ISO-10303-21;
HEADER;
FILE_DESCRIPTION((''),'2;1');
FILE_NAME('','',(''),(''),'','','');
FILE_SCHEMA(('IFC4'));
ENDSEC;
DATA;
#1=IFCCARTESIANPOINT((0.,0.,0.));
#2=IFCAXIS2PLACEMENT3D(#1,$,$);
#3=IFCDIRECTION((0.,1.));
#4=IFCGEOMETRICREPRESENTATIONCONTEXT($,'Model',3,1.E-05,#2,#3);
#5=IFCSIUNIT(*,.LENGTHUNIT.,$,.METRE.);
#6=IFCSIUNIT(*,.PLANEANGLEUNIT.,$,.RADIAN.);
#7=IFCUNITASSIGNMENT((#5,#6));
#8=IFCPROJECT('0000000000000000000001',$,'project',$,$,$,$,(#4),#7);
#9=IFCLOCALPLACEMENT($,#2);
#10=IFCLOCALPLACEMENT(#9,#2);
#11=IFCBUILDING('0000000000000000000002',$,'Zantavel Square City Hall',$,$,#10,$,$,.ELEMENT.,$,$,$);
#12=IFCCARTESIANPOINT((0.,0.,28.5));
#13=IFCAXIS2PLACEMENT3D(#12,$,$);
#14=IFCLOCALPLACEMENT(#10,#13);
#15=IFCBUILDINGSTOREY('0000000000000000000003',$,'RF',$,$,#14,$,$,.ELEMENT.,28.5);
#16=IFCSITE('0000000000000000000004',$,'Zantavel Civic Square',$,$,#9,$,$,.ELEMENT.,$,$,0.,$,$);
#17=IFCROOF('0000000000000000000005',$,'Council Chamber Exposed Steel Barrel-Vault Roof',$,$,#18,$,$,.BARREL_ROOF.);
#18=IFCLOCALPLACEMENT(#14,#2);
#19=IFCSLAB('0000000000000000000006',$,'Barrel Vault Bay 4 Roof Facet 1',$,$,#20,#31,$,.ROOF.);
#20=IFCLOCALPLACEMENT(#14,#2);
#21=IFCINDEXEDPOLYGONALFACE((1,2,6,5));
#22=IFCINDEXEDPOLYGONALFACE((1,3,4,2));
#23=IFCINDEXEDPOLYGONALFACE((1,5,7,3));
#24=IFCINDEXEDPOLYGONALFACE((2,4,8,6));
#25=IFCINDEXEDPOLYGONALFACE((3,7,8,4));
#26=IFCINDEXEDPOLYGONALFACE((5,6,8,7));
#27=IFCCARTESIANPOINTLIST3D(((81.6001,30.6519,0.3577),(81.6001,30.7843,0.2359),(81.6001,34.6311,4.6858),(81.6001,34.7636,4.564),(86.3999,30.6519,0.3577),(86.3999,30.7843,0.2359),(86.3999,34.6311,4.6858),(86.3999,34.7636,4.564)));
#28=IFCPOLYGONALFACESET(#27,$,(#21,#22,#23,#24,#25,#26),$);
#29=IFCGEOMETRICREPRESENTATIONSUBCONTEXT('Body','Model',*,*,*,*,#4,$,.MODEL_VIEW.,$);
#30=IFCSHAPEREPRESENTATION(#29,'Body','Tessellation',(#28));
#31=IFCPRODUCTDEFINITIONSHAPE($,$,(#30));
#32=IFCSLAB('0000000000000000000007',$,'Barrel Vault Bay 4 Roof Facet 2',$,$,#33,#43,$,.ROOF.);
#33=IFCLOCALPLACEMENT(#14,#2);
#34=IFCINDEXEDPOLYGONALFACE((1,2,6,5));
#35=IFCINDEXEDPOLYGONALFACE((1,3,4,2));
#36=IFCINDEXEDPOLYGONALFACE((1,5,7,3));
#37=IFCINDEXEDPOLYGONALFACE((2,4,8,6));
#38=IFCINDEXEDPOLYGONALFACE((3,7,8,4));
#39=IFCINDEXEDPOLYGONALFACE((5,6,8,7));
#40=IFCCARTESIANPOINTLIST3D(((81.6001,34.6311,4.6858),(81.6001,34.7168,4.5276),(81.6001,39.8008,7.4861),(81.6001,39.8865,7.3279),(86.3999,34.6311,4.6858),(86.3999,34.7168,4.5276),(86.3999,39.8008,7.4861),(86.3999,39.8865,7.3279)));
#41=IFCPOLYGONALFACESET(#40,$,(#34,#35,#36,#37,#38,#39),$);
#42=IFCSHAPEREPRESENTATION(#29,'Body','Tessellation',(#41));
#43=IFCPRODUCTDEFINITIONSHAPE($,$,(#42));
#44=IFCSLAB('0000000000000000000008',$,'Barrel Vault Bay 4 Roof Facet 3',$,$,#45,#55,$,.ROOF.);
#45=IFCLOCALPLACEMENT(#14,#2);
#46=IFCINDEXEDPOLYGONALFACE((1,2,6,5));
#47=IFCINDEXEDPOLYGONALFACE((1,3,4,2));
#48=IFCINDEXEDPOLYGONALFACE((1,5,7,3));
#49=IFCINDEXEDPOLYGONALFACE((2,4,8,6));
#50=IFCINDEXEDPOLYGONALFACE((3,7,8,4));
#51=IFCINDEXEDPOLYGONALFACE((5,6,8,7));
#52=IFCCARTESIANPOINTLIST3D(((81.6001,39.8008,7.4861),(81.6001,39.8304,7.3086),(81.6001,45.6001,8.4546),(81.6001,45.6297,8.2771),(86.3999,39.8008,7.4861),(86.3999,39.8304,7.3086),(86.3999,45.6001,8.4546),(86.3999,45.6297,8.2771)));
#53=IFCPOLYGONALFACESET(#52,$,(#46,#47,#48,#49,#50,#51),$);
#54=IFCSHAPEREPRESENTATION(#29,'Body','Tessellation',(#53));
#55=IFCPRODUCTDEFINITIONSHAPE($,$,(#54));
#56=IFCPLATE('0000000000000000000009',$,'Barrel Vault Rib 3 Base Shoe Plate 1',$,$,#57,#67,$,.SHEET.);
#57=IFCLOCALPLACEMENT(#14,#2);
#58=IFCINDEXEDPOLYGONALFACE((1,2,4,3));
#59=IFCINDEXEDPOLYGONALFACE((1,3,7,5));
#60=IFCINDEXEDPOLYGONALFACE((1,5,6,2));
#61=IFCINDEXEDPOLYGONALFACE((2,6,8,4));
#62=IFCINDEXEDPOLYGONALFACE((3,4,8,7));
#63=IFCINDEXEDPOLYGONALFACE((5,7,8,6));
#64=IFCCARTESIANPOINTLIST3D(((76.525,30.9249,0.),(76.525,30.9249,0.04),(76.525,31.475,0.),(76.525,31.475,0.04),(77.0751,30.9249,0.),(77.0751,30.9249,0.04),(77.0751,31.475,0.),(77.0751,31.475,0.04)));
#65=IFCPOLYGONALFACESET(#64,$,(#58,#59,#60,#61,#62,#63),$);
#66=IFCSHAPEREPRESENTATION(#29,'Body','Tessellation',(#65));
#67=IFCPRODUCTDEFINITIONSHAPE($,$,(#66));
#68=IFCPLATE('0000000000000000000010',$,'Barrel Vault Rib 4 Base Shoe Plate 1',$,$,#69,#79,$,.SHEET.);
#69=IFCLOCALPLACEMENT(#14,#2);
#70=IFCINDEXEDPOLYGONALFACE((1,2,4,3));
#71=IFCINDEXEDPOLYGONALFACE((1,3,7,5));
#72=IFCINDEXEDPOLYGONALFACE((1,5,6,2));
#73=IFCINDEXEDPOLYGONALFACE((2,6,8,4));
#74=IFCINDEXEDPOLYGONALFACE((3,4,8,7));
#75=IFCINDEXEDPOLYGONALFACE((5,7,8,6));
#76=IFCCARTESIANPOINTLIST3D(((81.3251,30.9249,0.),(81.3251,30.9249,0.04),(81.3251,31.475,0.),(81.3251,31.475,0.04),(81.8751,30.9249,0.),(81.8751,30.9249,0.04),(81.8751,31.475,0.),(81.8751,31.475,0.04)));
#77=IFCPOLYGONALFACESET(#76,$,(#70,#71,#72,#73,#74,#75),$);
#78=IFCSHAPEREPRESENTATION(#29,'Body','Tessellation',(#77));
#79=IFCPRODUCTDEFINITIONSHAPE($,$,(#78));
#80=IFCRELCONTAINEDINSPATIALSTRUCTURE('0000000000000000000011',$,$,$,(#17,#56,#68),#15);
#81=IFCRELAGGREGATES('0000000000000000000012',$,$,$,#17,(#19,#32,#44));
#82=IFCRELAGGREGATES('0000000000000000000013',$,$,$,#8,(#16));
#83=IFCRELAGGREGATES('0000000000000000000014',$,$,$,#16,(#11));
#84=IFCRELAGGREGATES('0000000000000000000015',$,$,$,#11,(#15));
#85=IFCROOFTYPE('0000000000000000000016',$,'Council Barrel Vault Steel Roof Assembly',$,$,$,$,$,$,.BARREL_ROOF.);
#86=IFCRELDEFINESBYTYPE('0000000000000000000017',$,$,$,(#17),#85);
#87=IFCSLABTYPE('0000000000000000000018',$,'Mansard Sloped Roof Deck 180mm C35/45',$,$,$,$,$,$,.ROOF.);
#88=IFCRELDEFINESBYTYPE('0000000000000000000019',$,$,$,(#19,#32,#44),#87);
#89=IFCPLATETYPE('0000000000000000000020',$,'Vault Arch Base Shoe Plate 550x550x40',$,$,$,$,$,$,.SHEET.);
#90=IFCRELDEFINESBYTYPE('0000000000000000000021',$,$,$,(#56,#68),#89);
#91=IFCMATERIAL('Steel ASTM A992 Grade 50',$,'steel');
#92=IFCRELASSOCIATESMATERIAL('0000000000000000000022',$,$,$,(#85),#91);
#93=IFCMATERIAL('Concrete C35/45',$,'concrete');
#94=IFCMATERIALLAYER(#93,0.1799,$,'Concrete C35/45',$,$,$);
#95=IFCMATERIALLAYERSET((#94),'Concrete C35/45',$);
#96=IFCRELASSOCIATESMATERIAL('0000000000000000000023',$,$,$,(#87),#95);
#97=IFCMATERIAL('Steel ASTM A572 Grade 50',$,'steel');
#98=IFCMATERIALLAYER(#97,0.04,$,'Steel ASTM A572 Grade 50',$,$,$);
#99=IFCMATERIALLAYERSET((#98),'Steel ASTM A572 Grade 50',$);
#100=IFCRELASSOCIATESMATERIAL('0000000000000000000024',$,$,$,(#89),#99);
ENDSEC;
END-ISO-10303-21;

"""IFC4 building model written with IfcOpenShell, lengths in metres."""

from ifc_helpers import new_model, si_unit, direction, frame, origin, origin_2d, place, context, subcontext, project, spatial, polyline, rectangle, outline, extrude, material, layer, layer_set, type_object, element, aggregate, save


model = new_model("IFC4")

# Units and contexts
model_context = context("Model", 3, precision=1e-05, world=origin(), true_north=direction((0.0, 1.0)))
body_context = subcontext(model_context, "Body", "Model", "MODEL_VIEW")
ifc_project = project(units=[si_unit("LENGTHUNIT", "METRE"), si_unit("PLANEANGLEUNIT", "RADIAN")], contexts=[model_context])

# Site, building, storey
site_placement = place(None, origin())
site = spatial("IfcSite", under=ifc_project, at=site_placement, Name="Zantavel Civic Square", CompositionType="ELEMENT", RefElevation=0.0)
building_placement = place(site_placement, origin())
building = spatial("IfcBuilding", under=site, at=building_placement, Name="Zantavel Square City Hall", CompositionType="ELEMENT")
storey_placement = place(building_placement, frame((0.0, 0.0, 28.5)))
storey = spatial("IfcBuildingStorey", under=building, at=storey_placement, Name="RF", CompositionType="ELEMENT", Elevation=28.5)

# Shared definitions
ifc_material_1 = material(Name="Steel ASTM A992 Grade 50", Category="steel")

# Roof
roof_type = type_object("IfcRoofType", Name="Council Barrel Vault Steel Roof Assembly", PredefinedType="BARREL_ROOF", material=ifc_material_1)
roof_placement = place(storey_placement, origin())
roof = element("IfcRoof", 1, at=roof_placement, inside=storey, type_object=roof_type, Name="Council Chamber Exposed Steel Barrel-Vault Roof", PredefinedType="BARREL_ROOF")

# Shared definitions
ifc_material_2 = material(Name="Steel ASTM A572 Grade 50", Category="steel")

# Slabs
ifc_material_3 = material(Name="Concrete C35/45", Category="concrete")
ifc_layer_1 = layer(ifc_material_3, 0.1799, Name="Concrete C35/45")
ifc_layer_set_1 = layer_set([ifc_layer_1], Name="Concrete C35/45")
slab_type_1 = type_object("IfcSlabType", Name="Mansard Sloped Roof Deck 180mm C35/45", PredefinedType="ROOF", material=ifc_layer_set_1)
slab_1_placement = place(storey_placement, frame((81.6001, 30.6519, 0.3577), z_axis=(0.0, -0.736154, 0.676815), x_axis=(1.0, 0.0, 0.0)))
slab_1 = element("IfcSlab", 2, at=slab_1_placement, type_object=slab_type_1, Name="Barrel Vault Bay 4 Roof Facet 1", PredefinedType="ROOF", context=body_context, shape_type="SweptSolid", body=[
    extrude(outline(polyline([(0.0, 0.0), (4.7998, 0.0), (4.7998, 5.8794), (0.0, 5.8794), (0.0, 0.0)])), origin(), (0.0, 0.0, -1.0), 0.1799),
])
slab_2_placement = place(storey_placement, frame((81.6001, 34.6311, 4.6858), z_axis=(0.0, -0.47629, 0.879288), x_axis=(1.0, 0.0, 0.0)))
slab_2 = element("IfcSlab", 3, at=slab_2_placement, type_object=slab_type_1, Name="Barrel Vault Bay 4 Roof Facet 2", PredefinedType="ROOF", context=body_context, shape_type="SweptSolid", body=[
    extrude(outline(polyline([(0.0, 0.0), (4.7998, 0.0), (4.7998, 5.8794), (0.0, 5.8794), (0.0, 0.0)])), origin(), (0.0, 0.0, -1.0), 0.1799),
])
slab_3_placement = place(storey_placement, frame((81.6001, 39.8008, 7.4861), z_axis=(0.0, -0.164722, 0.98634), x_axis=(1.0, 0.0, 0.0)))
slab_3 = element("IfcSlab", 4, at=slab_3_placement, type_object=slab_type_1, Name="Barrel Vault Bay 4 Roof Facet 3", PredefinedType="ROOF", context=body_context, shape_type="SweptSolid", body=[
    extrude(outline(polyline([(0.0, 0.0), (4.7998, 0.0), (4.7998, 5.8796), (0.0, 5.8796), (0.0, 0.0)])), origin(), (0.0, 0.0, -1.0), 0.1799),
])
aggregate(roof, [slab_1, slab_2, slab_3])

# Plates
ifc_layer_2 = layer(ifc_material_2, 0.04, Name="Steel ASTM A572 Grade 50")
ifc_layer_set_2 = layer_set([ifc_layer_2], Name="Steel ASTM A572 Grade 50")
plate_type_1 = type_object("IfcPlateType", Name="Vault Arch Base Shoe Plate 550x550x40", PredefinedType="SHEET", material=ifc_layer_set_2)
for number, where, z_axis, x_axis, name in (
    (5, (76.8, 31.2, 0.0), (0.0, 0.0, 1.0), (1.0, 0.0, 0.0), "Barrel Vault Rib 3 Base Shoe Plate 1"),
    (6, (81.6001, 31.2, 0.0), (0.0, 0.0, 1.0), (1.0, 0.0, 0.0), "Barrel Vault Rib 4 Base Shoe Plate 1"),
):
    element("IfcPlate", number, at=place(storey_placement, frame(where, z_axis=z_axis, x_axis=x_axis)), inside=storey, type_object=plate_type_1, Name=name, PredefinedType="SHEET", context=body_context, shape_type="SweptSolid", body=[
        extrude(rectangle(XDim=0.55, YDim=0.55, at=origin_2d()), origin(), (0.0, 0.0, 1.0), 0.04),
    ])

save(model, "model.ifc")
